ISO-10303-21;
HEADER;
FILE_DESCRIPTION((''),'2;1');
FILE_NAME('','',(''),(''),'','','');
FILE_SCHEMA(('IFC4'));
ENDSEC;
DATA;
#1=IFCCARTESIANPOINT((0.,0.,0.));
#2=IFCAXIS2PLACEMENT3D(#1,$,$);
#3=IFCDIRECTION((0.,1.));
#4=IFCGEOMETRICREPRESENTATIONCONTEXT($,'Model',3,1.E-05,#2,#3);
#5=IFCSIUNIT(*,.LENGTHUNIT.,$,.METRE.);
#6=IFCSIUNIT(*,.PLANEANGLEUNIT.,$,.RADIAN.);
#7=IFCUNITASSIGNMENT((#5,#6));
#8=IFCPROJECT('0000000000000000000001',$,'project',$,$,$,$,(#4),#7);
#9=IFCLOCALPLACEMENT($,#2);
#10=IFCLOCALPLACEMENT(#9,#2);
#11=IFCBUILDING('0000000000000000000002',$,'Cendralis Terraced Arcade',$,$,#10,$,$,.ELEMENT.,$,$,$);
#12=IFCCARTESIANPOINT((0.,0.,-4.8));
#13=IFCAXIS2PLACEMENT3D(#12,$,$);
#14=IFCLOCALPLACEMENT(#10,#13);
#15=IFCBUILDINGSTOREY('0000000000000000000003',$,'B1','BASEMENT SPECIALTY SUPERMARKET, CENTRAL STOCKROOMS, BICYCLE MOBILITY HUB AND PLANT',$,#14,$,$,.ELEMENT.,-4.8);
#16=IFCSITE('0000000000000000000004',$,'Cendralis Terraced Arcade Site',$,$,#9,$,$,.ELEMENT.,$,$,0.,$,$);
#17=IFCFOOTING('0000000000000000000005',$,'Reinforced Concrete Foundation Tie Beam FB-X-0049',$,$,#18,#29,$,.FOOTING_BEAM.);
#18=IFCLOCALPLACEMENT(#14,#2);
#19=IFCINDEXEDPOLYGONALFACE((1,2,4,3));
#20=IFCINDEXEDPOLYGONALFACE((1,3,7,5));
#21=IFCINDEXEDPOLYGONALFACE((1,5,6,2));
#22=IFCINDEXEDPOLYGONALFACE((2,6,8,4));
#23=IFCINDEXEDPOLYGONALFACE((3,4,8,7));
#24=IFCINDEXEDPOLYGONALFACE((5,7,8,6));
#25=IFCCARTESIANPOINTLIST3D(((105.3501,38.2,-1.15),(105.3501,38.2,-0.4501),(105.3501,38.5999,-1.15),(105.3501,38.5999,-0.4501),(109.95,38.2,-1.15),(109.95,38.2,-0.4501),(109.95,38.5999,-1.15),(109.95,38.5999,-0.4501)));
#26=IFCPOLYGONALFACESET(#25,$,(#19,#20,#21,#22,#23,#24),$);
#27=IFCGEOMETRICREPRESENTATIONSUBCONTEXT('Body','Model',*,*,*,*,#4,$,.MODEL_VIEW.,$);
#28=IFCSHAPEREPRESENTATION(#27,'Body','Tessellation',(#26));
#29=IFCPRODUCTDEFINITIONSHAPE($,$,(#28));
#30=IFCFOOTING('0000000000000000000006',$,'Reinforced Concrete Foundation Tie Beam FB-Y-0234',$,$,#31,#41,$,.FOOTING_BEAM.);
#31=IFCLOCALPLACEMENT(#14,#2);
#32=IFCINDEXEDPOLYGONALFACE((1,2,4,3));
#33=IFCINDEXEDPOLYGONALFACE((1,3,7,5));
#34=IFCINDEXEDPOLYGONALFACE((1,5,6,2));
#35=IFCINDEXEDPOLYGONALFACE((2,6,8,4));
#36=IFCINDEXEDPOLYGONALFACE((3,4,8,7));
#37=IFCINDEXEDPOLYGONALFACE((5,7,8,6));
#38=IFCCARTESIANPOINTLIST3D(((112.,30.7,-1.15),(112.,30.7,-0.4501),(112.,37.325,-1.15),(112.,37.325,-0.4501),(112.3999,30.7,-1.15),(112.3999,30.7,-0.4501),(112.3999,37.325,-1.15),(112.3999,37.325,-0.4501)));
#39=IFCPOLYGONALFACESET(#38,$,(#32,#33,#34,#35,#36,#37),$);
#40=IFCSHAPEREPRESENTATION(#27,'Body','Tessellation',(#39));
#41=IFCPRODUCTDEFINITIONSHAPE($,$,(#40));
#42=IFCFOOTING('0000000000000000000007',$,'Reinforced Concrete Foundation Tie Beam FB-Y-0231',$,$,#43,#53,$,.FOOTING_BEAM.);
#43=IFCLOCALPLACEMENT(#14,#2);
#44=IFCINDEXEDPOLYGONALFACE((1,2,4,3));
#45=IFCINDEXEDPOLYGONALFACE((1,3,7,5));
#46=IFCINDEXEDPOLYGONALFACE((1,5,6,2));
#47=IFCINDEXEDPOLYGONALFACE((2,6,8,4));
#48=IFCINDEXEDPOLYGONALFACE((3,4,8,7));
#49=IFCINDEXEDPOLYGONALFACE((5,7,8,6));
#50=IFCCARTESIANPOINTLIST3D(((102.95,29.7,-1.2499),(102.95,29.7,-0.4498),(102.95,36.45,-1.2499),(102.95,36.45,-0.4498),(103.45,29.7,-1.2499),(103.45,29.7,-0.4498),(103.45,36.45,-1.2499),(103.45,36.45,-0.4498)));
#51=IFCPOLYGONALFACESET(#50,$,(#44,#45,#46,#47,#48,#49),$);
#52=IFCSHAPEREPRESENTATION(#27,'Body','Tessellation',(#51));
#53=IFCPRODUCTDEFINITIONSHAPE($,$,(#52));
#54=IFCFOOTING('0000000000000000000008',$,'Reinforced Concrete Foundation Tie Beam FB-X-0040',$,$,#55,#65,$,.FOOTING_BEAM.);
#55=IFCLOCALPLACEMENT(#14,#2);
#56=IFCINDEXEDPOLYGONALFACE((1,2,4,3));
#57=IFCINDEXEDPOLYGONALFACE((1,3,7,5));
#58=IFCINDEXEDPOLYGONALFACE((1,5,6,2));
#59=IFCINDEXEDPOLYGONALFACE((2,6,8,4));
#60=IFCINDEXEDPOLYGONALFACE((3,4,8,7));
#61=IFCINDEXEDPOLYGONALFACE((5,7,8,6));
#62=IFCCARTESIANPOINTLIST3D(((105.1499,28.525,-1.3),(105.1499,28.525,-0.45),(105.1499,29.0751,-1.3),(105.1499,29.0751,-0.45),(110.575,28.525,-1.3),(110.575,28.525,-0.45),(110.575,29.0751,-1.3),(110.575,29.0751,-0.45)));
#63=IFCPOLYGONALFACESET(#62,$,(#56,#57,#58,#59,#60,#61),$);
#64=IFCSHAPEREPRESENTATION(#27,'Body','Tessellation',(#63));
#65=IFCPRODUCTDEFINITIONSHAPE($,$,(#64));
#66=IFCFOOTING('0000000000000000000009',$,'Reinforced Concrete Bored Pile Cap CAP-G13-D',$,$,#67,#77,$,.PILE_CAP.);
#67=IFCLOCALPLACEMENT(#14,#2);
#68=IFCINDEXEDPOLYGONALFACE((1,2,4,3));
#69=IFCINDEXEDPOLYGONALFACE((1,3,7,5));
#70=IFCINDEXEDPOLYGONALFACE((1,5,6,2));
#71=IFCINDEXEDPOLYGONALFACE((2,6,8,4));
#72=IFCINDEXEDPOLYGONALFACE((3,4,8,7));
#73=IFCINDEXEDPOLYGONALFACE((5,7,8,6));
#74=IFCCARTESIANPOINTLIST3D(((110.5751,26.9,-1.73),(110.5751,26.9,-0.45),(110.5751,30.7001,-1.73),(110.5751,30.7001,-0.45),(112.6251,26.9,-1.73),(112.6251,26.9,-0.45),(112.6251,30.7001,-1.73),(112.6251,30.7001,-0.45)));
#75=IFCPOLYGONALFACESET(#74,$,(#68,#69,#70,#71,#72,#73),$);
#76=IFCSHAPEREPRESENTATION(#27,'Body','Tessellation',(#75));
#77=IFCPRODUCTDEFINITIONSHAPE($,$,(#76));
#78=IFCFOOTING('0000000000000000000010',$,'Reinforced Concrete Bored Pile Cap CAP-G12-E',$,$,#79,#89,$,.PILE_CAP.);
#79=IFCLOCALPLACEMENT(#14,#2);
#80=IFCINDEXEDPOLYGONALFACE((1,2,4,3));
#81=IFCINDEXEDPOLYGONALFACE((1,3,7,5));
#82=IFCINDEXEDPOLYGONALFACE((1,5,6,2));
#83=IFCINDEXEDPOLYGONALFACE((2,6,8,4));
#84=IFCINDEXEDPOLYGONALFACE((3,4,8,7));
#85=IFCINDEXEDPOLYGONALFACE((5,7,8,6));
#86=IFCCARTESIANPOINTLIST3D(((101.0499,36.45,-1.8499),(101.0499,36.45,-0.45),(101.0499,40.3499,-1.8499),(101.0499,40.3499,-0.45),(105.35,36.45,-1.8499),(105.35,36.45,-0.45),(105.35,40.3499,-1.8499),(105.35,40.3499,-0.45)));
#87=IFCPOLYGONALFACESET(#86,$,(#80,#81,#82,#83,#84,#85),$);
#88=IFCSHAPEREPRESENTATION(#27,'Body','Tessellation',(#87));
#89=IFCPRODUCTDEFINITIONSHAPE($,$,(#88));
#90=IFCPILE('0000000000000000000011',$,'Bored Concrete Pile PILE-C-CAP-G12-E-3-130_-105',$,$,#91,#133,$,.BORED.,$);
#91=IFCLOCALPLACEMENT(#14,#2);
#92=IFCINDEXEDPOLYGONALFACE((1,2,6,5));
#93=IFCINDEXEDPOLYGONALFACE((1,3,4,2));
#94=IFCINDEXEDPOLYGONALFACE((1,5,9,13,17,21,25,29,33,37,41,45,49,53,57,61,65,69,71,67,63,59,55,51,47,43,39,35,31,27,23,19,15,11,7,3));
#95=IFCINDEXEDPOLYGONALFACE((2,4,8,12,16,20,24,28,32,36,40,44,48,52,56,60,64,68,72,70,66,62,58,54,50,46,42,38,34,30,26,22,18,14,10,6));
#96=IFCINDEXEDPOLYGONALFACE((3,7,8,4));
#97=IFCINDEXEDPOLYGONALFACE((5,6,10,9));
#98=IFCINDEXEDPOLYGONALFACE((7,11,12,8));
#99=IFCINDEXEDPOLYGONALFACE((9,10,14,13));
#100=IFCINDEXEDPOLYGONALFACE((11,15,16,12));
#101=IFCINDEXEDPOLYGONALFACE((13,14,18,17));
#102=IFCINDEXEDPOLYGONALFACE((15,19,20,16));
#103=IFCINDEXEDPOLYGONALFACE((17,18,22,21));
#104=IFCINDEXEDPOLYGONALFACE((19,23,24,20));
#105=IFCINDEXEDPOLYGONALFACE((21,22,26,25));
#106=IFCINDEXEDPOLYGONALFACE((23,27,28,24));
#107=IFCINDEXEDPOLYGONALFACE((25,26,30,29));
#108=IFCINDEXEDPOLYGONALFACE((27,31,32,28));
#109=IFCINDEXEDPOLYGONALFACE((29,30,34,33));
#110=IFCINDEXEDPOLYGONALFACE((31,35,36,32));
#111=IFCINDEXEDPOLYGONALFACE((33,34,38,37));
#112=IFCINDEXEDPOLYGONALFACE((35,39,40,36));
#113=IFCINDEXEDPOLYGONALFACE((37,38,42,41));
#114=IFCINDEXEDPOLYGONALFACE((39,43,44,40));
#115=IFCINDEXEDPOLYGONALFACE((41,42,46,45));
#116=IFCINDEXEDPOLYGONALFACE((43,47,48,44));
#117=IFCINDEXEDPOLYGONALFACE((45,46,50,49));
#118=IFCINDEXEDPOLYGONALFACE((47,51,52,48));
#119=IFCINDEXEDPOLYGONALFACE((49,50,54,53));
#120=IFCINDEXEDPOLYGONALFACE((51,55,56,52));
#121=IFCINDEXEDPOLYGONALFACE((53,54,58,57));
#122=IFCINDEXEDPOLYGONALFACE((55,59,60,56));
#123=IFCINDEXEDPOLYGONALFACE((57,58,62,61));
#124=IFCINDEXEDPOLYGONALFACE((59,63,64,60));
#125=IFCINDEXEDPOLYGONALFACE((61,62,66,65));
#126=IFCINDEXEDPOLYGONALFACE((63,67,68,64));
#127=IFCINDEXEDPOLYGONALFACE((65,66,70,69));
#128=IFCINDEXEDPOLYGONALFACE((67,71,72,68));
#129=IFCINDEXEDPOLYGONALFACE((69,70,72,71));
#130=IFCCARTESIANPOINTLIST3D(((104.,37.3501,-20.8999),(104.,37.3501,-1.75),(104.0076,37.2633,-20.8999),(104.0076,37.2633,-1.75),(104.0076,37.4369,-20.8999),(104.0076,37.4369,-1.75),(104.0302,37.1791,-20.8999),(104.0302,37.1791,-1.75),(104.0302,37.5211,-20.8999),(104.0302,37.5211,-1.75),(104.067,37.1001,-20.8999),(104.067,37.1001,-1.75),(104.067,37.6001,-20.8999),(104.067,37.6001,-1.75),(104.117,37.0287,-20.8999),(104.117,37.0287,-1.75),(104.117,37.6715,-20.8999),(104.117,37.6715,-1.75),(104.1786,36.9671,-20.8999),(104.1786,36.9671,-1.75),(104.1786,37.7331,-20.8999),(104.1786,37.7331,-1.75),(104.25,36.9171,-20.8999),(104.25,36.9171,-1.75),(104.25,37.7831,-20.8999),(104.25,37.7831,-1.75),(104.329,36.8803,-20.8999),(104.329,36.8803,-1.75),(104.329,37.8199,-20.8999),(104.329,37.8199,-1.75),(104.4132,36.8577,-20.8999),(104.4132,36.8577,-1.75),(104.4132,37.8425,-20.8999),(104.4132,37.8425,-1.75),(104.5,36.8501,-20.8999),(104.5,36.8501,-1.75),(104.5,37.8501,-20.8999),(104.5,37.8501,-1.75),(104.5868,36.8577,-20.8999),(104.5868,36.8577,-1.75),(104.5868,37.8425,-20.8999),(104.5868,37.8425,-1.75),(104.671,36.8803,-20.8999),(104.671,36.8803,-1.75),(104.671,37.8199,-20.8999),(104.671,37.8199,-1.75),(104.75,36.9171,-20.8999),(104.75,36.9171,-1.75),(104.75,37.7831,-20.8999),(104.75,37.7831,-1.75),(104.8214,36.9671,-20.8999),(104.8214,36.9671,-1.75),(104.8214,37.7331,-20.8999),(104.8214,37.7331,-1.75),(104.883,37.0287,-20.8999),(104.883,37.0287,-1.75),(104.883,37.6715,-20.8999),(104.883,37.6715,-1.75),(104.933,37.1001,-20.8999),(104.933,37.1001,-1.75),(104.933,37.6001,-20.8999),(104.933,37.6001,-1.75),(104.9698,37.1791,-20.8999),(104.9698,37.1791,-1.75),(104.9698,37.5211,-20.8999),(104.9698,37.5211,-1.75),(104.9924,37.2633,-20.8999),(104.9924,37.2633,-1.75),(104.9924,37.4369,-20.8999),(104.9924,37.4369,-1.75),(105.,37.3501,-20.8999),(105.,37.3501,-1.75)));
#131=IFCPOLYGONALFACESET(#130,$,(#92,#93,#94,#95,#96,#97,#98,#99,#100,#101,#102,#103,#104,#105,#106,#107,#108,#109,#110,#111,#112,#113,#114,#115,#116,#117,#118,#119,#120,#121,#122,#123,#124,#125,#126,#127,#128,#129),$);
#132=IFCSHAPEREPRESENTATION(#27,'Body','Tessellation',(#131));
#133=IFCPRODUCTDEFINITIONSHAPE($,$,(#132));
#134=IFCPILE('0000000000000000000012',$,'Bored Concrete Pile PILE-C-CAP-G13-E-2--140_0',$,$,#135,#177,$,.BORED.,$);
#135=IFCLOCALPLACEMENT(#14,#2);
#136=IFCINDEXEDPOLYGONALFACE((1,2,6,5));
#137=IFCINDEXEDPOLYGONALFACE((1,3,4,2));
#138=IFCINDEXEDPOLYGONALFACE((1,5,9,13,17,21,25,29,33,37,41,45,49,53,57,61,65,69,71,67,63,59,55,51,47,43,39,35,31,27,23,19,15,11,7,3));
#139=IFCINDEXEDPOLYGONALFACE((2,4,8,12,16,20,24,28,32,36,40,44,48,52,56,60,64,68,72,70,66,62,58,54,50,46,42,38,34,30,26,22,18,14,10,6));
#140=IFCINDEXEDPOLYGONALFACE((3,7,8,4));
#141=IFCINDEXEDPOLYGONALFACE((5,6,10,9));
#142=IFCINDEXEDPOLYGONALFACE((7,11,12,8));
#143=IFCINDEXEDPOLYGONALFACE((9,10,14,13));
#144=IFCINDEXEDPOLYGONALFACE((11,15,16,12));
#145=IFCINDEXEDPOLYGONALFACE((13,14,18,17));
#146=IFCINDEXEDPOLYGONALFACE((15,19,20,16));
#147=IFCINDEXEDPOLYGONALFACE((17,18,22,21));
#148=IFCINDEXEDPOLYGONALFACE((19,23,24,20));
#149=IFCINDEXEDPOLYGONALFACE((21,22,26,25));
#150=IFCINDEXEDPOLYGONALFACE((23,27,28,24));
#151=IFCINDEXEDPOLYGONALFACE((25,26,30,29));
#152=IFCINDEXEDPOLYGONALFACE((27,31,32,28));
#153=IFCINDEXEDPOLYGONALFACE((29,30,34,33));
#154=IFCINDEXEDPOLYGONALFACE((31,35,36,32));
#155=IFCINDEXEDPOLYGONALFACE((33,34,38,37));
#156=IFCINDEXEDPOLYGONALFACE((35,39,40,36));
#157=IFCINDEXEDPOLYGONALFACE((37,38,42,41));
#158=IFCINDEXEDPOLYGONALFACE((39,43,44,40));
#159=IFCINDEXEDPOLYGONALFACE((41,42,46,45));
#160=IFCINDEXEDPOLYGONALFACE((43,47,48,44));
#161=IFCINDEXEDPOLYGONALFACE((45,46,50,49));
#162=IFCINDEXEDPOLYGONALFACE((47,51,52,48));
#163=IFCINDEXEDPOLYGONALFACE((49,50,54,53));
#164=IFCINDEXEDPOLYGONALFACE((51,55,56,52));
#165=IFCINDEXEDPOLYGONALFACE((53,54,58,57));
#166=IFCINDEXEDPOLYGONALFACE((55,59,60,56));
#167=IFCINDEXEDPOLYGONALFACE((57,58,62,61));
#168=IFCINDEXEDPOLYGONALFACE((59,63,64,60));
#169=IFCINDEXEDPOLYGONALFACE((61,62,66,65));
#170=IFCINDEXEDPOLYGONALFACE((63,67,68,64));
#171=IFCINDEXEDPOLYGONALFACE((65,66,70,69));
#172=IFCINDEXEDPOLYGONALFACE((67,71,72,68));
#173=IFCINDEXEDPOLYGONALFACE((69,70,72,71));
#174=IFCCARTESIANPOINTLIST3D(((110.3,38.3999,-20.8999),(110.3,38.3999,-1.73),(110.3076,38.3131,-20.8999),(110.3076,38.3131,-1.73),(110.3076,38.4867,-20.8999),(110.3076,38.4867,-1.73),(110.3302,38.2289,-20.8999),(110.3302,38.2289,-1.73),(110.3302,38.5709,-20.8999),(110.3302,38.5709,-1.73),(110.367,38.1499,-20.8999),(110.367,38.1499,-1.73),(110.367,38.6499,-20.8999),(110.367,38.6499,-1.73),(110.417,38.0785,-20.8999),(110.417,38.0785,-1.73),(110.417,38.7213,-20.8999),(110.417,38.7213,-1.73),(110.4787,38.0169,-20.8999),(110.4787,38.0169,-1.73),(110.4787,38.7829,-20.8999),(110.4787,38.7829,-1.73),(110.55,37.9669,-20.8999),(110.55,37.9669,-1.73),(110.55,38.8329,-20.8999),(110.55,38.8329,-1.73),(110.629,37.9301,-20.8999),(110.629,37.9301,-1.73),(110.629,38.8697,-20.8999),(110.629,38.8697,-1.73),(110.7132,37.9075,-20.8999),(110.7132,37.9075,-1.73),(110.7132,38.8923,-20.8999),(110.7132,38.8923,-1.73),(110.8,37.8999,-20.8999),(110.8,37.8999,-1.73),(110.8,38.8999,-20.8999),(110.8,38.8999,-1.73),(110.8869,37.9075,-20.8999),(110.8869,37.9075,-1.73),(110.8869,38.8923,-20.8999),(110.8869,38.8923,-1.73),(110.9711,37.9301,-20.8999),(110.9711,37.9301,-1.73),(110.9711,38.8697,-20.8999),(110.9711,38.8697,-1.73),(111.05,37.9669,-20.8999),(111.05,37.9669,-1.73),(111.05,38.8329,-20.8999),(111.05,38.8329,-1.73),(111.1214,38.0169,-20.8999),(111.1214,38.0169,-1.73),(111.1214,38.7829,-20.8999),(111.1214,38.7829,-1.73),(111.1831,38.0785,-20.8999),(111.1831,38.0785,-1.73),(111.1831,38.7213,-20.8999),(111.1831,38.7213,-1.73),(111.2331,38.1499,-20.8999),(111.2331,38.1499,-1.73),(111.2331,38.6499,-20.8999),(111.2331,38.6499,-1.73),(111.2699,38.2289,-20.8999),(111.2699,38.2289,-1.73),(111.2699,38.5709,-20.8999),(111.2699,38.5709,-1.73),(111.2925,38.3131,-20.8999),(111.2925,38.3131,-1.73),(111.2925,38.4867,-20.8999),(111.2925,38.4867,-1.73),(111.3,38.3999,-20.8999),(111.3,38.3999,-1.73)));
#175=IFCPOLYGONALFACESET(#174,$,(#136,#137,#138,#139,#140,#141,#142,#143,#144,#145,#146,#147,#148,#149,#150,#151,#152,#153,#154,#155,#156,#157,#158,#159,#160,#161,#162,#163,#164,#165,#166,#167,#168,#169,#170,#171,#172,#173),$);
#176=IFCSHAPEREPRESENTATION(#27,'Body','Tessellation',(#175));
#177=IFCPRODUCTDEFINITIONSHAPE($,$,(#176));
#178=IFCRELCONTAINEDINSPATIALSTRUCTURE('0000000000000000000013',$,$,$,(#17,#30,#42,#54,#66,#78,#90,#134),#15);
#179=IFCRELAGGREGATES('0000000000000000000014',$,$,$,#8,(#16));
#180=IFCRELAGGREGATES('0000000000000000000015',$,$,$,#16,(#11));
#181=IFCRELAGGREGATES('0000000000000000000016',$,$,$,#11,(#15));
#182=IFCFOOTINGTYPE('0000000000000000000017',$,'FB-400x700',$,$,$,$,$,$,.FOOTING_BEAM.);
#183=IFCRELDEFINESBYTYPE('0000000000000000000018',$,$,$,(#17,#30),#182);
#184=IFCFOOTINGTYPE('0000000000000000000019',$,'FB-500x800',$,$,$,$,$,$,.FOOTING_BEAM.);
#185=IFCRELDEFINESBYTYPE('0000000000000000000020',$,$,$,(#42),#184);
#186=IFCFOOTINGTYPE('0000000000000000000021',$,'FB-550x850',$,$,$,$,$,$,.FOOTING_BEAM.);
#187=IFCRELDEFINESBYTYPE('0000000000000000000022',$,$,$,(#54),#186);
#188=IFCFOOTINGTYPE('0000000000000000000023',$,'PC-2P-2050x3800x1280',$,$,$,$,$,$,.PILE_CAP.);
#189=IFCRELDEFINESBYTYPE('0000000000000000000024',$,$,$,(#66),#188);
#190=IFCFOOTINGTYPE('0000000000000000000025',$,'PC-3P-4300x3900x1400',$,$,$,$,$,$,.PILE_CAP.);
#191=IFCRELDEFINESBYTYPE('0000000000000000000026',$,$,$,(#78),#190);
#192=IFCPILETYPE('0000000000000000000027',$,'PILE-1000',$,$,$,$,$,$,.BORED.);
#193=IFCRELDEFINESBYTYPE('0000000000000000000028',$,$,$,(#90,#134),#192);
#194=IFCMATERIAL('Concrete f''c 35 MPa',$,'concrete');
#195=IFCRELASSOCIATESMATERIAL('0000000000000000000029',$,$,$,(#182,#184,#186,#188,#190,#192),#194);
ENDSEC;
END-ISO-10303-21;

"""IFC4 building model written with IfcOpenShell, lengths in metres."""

from ifc_helpers import new_model, si_unit, direction, frame, origin, origin_2d, place, context, subcontext, project, spatial, rectangle, circle, extrude, material, material_profile, profile_set, type_object, element, save


model = new_model("IFC4")

# Units and contexts
model_context = context("Model", 3, precision=1e-05, world=origin(), true_north=direction((0.0, 1.0)))
body_context = subcontext(model_context, "Body", "Model", "MODEL_VIEW")
ifc_project = project(units=[si_unit("LENGTHUNIT", "METRE"), si_unit("PLANEANGLEUNIT", "RADIAN")], contexts=[model_context])

# Site, building, storey
site_placement = place(None, origin())
site = spatial("IfcSite", under=ifc_project, at=site_placement, Name="Cendralis Terraced Arcade Site", CompositionType="ELEMENT", RefElevation=0.0)
building_placement = place(site_placement, origin())
building = spatial("IfcBuilding", under=site, at=building_placement, Name="Cendralis Terraced Arcade", CompositionType="ELEMENT")
storey_placement = place(building_placement, frame((0.0, 0.0, -4.8)))
storey = spatial("IfcBuildingStorey", under=building, at=storey_placement, Name="B1", Description="BASEMENT SPECIALTY SUPERMARKET, CENTRAL STOCKROOMS, BICYCLE MOBILITY HUB AND PLANT", CompositionType="ELEMENT", Elevation=-4.8)

# Footings
ifc_material_1 = material(Name="Concrete f'c 35 MPa", Category="concrete")
ifc_material_profile_1 = material_profile(ifc_material_1, rectangle(XDim=0.3999, YDim=0.7, at=origin_2d()), Name="FB-400x700", Category="LoadBearing")
ifc_profile_set_1 = profile_set([ifc_material_profile_1], Name="Concrete f'c 35 MPa")
footing_type_1 = type_object("IfcFootingType", Name="FB-400x700", PredefinedType="FOOTING_BEAM", material=ifc_profile_set_1)
footing_1_placement = place(storey_placement, frame((105.3501, 38.3999, -0.8), z_axis=(1.0, 0.0, 0.0), x_axis=(0.0, 1.0, 0.0)))
element("IfcFooting", 1, at=footing_1_placement, inside=storey, type_object=footing_type_1, Name="Reinforced Concrete Foundation Tie Beam FB-X-0049", PredefinedType="FOOTING_BEAM", context=body_context, shape_type="SweptSolid", body=[
    extrude(rectangle(XDim=0.3999, YDim=0.7, at=origin_2d()), origin(), (0.0, 0.0, 1.0), 4.5999),
])
footing_2_placement = place(storey_placement, frame((112.2, 30.7, -0.8), z_axis=(0.0, 1.0, 0.0), x_axis=(-1.0, 0.0, 0.0)))
element("IfcFooting", 2, at=footing_2_placement, inside=storey, type_object=footing_type_1, Name="Reinforced Concrete Foundation Tie Beam FB-Y-0234", PredefinedType="FOOTING_BEAM", context=body_context, shape_type="SweptSolid", body=[
    extrude(rectangle(XDim=0.3999, YDim=0.7, at=origin_2d()), origin(), (0.0, 0.0, 1.0), 6.625),
])
ifc_material_profile_2 = material_profile(ifc_material_1, rectangle(XDim=0.5, YDim=0.8, at=origin_2d()), Name="FB-500x800", Category="LoadBearing")
ifc_profile_set_2 = profile_set([ifc_material_profile_2], Name="Concrete f'c 35 MPa")
footing_type_2 = type_object("IfcFootingType", Name="FB-500x800", PredefinedType="FOOTING_BEAM", material=ifc_profile_set_2)
footing_3_placement = place(storey_placement, frame((103.2, 29.7, -0.8499), z_axis=(0.0, 1.0, 0.0), x_axis=(-1.0, 0.0, 0.0)))
element("IfcFooting", 3, at=footing_3_placement, inside=storey, type_object=footing_type_2, Name="Reinforced Concrete Foundation Tie Beam FB-Y-0231", PredefinedType="FOOTING_BEAM", context=body_context, shape_type="SweptSolid", body=[
    extrude(rectangle(XDim=0.5, YDim=0.8, at=origin_2d()), origin(), (0.0, 0.0, 1.0), 6.75),
])
ifc_material_profile_3 = material_profile(ifc_material_1, rectangle(XDim=0.55, YDim=0.8501, at=origin_2d()), Name="FB-550x850", Category="LoadBearing")
ifc_profile_set_3 = profile_set([ifc_material_profile_3], Name="Concrete f'c 35 MPa")
footing_type_3 = type_object("IfcFootingType", Name="FB-550x850", PredefinedType="FOOTING_BEAM", material=ifc_profile_set_3)
footing_4_placement = place(storey_placement, frame((105.1499, 28.8, -0.875), z_axis=(1.0, 0.0, 0.0), x_axis=(0.0, 1.0, 0.0)))
element("IfcFooting", 4, at=footing_4_placement, inside=storey, type_object=footing_type_3, Name="Reinforced Concrete Foundation Tie Beam FB-X-0040", PredefinedType="FOOTING_BEAM", context=body_context, shape_type="SweptSolid", body=[
    extrude(rectangle(XDim=0.55, YDim=0.8501, at=origin_2d()), origin(), (0.0, 0.0, 1.0), 5.425),
])
footing_type_4 = type_object("IfcFootingType", Name="PC-2P-2050x3800x1280", PredefinedType="PILE_CAP", material=ifc_material_1)
footing_5_placement = place(storey_placement, frame((111.6001, 28.8, -1.73), z_axis=(0.0, 0.0, 1.0), x_axis=(1.0, 0.0, 0.0)))
element("IfcFooting", 5, at=footing_5_placement, inside=storey, type_object=footing_type_4, Name="Reinforced Concrete Bored Pile Cap CAP-G13-D", PredefinedType="PILE_CAP", context=body_context, shape_type="SweptSolid", body=[
    extrude(rectangle(XDim=2.05, YDim=3.8, at=origin_2d()), origin(), (0.0, 0.0, 1.0), 1.28),
])
footing_type_5 = type_object("IfcFootingType", Name="PC-3P-4300x3900x1400", PredefinedType="PILE_CAP", material=ifc_material_1)
footing_6_placement = place(storey_placement, frame((103.2, 38.3999, -1.8499), z_axis=(0.0, 0.0, 1.0), x_axis=(1.0, 0.0, 0.0)))
element("IfcFooting", 6, at=footing_6_placement, inside=storey, type_object=footing_type_5, Name="Reinforced Concrete Bored Pile Cap CAP-G12-E", PredefinedType="PILE_CAP", context=body_context, shape_type="SweptSolid", body=[
    extrude(rectangle(XDim=4.3, YDim=3.8999, at=origin_2d()), origin(), (0.0, 0.0, 1.0), 1.3999),
])

# Piles
ifc_material_profile_4 = material_profile(ifc_material_1, circle(Radius=0.5, at=origin_2d()), Name="PILE-D1000", Category="LoadBearing")
ifc_profile_set_4 = profile_set([ifc_material_profile_4], Name="Concrete f'c 35 MPa")
pile_type_1 = type_object("IfcPileType", Name="PILE-1000", PredefinedType="BORED", material=ifc_profile_set_4)
pile_1_placement = place(storey_placement, frame((104.5, 37.3501, -1.75), z_axis=(0.0, 0.0, -1.0), x_axis=(1.0, 0.0, 0.0)))
element("IfcPile", 7, at=pile_1_placement, inside=storey, type_object=pile_type_1, Name="Bored Concrete Pile PILE-C-CAP-G12-E-3-130_-105", PredefinedType="BORED", context=body_context, shape_type="SweptSolid", body=[
    extrude(circle(Radius=0.5, at=origin_2d()), origin(), (0.0, 0.0, 1.0), 19.1499),
])
pile_2_placement = place(storey_placement, frame((110.8, 38.3999, -1.73), z_axis=(0.0, 0.0, -1.0), x_axis=(1.0, 0.0, 0.0)))
element("IfcPile", 8, at=pile_2_placement, inside=storey, type_object=pile_type_1, Name="Bored Concrete Pile PILE-C-CAP-G13-E-2--140_0", PredefinedType="BORED", context=body_context, shape_type="SweptSolid", body=[
    extrude(circle(Radius=0.5, at=origin_2d()), origin(), (0.0, 0.0, 1.0), 19.1699),
])

save(model, "model.ifc")
